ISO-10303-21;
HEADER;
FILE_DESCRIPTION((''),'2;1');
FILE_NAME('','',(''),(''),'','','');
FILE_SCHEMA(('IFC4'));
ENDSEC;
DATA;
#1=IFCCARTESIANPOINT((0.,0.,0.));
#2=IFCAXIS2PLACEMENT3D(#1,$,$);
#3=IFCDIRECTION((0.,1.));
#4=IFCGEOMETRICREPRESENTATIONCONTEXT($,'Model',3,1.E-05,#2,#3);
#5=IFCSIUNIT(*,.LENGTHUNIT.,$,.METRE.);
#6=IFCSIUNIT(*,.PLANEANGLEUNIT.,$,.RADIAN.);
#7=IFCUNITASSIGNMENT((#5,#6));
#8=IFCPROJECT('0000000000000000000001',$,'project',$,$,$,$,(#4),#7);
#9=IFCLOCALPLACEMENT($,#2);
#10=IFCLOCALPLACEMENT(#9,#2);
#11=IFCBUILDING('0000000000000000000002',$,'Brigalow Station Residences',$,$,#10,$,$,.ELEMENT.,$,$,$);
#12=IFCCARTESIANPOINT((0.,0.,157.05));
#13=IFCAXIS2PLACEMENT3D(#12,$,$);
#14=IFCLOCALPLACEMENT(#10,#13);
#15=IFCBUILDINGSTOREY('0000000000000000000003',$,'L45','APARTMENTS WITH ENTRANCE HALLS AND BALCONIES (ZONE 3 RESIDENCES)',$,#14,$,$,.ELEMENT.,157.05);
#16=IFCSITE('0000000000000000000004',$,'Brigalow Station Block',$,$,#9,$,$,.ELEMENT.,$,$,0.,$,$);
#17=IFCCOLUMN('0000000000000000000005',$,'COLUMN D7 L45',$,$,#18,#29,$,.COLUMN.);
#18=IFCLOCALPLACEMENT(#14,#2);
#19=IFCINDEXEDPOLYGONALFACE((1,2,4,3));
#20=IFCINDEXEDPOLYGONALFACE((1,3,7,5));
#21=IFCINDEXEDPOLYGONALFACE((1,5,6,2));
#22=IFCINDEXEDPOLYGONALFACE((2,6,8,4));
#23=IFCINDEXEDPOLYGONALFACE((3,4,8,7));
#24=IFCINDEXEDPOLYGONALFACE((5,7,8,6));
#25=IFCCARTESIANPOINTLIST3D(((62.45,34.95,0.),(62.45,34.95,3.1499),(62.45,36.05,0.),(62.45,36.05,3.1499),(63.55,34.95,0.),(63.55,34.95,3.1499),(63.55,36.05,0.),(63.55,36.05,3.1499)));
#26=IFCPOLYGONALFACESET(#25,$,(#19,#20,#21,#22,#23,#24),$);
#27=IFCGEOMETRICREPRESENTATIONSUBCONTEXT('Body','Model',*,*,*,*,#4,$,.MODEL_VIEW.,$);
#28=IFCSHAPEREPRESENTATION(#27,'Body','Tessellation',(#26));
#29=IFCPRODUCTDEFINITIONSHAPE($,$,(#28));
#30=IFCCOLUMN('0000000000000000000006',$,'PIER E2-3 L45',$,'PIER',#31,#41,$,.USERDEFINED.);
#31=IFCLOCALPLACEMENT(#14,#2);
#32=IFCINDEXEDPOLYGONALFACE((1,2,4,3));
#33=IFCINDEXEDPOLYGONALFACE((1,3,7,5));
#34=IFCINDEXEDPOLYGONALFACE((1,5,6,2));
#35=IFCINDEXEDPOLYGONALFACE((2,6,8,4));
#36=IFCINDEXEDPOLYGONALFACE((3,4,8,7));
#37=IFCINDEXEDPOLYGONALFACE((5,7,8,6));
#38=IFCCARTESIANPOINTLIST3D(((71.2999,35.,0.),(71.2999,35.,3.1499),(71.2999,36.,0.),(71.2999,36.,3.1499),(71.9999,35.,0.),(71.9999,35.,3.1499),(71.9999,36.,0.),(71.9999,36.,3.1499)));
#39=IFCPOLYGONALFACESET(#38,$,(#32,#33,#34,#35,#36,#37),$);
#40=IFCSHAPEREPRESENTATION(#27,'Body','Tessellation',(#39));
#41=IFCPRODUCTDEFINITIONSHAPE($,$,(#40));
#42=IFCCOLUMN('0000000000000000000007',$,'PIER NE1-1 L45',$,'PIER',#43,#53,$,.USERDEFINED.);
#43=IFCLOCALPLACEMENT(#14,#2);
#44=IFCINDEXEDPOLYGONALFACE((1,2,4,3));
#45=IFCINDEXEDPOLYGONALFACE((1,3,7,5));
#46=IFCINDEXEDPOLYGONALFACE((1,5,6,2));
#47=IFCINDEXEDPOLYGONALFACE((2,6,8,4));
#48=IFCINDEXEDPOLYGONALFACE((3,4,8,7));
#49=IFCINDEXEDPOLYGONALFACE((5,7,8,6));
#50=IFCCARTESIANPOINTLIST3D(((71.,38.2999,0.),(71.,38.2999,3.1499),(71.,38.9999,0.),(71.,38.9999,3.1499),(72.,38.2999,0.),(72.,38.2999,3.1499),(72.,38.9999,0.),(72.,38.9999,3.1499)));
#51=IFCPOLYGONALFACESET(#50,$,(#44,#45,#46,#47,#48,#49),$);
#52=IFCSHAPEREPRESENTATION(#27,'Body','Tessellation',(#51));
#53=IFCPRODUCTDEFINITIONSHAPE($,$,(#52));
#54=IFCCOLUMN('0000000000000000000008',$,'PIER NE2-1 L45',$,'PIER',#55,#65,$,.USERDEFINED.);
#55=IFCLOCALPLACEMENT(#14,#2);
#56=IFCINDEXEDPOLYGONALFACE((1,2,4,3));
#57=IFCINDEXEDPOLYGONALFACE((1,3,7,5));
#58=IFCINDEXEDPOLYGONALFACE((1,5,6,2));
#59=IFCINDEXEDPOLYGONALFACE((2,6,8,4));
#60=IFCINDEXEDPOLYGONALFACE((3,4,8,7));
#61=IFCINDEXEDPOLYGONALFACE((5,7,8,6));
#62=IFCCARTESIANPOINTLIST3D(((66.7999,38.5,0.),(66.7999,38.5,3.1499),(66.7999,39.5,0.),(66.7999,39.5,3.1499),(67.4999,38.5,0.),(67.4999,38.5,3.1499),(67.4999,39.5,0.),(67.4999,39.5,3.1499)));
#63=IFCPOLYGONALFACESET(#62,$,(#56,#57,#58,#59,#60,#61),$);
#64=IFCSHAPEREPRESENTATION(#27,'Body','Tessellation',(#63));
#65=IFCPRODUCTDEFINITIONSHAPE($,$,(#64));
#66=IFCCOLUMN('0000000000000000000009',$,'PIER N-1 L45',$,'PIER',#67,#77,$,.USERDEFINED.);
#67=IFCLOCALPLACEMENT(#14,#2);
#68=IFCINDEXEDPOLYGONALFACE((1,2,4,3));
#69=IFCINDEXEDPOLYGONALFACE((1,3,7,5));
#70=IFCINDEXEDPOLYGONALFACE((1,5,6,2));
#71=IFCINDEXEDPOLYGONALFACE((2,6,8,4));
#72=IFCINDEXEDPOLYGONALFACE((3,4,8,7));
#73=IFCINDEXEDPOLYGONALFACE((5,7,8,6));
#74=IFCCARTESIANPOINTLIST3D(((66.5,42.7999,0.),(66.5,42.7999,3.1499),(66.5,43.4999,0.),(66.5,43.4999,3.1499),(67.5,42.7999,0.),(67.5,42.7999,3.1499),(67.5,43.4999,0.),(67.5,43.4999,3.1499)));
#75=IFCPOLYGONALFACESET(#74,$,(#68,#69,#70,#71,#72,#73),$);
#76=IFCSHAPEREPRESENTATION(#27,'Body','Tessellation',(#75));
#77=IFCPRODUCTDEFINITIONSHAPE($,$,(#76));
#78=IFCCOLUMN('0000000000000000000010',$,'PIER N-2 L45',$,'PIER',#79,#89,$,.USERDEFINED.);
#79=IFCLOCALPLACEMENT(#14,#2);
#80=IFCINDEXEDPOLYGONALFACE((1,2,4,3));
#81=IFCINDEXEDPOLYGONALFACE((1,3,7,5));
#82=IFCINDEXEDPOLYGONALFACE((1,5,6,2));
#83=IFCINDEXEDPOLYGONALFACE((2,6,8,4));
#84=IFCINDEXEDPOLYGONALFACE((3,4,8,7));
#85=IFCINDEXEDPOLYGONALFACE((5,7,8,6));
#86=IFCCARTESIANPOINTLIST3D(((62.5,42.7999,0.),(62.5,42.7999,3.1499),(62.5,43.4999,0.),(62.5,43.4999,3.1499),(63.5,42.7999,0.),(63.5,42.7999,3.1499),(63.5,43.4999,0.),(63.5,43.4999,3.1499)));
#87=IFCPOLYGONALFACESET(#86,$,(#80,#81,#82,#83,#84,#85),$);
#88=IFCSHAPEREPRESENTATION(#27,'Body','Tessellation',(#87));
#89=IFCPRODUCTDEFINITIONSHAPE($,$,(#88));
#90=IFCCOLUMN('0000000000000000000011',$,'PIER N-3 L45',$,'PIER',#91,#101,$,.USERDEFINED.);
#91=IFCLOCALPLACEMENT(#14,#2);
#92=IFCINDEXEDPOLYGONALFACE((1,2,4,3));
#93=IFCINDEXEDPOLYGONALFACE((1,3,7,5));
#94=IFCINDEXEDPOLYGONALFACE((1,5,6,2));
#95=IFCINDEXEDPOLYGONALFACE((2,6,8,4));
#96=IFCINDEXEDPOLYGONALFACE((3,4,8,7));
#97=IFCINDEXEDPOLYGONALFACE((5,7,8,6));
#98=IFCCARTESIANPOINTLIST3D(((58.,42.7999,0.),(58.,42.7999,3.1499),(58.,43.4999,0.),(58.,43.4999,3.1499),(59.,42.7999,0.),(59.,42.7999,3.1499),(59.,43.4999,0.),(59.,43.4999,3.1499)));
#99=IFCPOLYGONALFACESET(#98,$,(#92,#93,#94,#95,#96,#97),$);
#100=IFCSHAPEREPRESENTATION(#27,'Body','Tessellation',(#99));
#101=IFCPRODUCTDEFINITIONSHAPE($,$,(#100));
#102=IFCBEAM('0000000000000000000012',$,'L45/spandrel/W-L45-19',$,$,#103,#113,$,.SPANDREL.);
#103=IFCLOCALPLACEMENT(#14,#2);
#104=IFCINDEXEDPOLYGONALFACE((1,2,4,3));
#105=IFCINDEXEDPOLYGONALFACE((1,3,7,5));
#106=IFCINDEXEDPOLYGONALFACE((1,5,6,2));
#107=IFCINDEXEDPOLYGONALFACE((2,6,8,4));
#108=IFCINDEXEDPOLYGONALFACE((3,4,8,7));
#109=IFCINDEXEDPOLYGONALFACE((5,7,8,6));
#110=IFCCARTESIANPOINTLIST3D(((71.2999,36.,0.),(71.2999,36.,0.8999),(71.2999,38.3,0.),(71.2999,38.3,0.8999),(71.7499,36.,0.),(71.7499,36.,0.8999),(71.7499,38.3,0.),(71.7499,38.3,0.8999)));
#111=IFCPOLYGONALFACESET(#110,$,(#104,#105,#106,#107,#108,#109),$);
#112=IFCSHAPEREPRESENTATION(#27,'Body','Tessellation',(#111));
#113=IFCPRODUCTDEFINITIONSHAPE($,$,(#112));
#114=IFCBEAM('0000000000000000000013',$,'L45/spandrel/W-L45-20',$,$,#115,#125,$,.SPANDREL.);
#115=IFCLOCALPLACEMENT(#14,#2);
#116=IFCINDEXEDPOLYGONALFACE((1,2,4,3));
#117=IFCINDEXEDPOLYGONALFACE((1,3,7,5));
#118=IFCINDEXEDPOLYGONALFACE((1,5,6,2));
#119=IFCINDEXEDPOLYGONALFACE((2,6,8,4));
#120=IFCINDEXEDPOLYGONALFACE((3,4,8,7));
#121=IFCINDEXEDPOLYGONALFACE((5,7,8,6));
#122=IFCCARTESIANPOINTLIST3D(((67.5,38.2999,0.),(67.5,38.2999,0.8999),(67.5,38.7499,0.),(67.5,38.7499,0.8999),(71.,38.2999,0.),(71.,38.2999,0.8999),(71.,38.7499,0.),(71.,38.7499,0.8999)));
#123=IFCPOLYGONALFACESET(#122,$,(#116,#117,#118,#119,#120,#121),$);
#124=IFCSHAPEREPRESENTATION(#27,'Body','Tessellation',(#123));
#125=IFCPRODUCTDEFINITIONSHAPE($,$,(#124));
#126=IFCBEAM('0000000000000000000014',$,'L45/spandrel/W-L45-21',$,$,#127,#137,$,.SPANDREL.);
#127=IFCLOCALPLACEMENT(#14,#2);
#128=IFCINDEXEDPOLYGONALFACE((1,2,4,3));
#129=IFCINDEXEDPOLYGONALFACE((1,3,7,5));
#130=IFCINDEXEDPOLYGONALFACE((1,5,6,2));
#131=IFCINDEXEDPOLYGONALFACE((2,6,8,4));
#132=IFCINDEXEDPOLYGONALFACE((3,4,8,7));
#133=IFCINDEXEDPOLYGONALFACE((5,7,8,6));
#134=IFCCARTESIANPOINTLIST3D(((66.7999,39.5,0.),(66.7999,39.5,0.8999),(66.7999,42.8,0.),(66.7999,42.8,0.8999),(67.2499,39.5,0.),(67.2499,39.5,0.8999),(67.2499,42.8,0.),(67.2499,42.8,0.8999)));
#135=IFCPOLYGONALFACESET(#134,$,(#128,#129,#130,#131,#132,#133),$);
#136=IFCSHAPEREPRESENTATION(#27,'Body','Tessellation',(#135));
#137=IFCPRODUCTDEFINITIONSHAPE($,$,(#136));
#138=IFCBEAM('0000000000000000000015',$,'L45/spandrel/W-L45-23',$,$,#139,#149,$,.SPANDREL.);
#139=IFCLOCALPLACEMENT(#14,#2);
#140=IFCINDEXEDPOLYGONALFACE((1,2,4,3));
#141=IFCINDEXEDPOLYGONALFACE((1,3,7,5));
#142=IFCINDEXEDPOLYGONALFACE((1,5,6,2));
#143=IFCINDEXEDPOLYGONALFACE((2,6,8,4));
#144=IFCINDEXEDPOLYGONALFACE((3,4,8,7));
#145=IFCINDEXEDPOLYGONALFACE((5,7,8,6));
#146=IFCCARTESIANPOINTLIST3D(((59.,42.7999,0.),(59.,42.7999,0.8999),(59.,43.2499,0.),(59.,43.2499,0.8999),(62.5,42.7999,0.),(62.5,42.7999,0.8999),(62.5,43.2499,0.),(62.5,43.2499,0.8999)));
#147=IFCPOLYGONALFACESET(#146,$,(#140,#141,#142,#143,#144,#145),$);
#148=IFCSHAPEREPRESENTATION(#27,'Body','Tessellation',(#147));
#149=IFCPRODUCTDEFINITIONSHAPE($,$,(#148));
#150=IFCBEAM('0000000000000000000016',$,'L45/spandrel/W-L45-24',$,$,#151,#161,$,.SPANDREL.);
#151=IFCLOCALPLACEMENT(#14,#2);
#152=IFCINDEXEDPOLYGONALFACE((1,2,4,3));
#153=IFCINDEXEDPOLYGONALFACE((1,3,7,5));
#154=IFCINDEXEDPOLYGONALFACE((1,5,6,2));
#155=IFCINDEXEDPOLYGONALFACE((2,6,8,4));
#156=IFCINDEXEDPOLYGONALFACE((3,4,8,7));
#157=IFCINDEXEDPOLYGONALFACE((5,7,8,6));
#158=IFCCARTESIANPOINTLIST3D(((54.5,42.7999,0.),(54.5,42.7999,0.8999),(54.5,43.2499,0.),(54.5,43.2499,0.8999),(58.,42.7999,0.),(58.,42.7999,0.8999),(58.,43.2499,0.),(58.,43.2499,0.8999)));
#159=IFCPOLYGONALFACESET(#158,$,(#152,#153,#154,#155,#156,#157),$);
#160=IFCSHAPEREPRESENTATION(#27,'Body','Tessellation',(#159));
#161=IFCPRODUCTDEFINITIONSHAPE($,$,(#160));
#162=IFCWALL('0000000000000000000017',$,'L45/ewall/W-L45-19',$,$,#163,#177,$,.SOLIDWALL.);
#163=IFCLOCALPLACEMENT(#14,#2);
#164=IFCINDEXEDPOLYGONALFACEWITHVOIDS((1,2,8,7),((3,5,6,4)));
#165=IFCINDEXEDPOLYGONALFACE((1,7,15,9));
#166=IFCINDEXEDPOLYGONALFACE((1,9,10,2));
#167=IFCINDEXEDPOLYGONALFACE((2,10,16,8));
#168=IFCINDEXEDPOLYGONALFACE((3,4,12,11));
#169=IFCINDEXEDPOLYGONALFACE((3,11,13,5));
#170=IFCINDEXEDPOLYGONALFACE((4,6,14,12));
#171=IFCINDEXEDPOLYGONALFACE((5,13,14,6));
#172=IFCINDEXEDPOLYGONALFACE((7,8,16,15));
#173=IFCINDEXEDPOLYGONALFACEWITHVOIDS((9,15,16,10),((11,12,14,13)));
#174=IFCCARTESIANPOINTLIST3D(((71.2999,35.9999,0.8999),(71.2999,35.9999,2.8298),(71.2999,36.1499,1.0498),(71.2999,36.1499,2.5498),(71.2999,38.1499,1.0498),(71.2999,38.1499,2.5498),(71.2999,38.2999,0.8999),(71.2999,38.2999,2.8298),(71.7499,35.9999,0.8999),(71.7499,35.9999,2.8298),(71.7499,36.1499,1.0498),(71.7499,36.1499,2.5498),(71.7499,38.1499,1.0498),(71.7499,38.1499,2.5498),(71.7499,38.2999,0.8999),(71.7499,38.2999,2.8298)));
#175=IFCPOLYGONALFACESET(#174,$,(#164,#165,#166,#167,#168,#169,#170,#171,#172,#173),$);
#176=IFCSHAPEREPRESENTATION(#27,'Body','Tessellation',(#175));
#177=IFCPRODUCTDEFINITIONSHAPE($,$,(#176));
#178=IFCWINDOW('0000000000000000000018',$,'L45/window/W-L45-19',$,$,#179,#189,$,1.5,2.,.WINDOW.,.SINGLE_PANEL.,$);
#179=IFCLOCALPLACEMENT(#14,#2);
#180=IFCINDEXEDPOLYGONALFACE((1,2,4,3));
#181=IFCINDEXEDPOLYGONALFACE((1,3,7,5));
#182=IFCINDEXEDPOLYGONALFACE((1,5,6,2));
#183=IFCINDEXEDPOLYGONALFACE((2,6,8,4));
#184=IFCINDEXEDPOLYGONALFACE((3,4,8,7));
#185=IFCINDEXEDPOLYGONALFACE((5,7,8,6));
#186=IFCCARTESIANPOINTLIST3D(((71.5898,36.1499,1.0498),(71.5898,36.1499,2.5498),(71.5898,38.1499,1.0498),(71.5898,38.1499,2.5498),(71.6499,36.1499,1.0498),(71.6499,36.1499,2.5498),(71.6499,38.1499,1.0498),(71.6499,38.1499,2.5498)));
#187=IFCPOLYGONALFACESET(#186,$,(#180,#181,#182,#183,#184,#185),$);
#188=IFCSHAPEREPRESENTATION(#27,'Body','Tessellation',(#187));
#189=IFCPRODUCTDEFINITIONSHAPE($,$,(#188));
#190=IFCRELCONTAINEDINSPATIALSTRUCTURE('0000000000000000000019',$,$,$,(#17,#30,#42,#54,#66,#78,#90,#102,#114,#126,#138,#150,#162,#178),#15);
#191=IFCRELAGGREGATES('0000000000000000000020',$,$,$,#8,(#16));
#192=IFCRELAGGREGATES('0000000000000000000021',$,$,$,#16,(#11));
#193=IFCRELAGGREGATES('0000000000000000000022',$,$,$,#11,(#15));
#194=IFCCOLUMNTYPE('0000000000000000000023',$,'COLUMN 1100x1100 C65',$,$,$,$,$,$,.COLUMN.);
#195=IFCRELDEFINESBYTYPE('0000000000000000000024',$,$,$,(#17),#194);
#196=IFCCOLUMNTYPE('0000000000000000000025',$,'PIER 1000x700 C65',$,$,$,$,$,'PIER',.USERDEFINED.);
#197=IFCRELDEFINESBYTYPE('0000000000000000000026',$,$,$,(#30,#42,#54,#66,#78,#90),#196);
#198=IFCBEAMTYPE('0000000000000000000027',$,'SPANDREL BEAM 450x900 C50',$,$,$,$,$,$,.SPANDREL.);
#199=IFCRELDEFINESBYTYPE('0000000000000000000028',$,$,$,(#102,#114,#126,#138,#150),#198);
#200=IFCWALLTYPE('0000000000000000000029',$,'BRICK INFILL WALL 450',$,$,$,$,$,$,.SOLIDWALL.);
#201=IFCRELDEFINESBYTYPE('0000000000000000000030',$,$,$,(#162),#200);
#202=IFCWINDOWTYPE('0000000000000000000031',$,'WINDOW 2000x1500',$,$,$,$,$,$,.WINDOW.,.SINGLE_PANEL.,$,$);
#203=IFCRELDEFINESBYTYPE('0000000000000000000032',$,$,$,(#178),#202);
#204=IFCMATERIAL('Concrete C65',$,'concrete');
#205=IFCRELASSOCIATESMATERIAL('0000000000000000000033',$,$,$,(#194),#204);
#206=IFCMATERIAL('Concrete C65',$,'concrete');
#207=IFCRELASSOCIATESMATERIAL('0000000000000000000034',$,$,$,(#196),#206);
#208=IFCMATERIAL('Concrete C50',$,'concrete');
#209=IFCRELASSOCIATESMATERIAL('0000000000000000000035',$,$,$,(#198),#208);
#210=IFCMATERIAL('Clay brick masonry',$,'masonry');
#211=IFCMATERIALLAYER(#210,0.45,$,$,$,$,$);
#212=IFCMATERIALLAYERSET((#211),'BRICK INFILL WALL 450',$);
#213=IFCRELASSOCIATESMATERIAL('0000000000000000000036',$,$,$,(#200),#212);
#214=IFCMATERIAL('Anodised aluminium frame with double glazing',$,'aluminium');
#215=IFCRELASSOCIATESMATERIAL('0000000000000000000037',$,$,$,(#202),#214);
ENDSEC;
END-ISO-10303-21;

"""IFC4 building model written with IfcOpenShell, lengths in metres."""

from ifc_helpers import new_model, si_unit, direction, frame, frame_2d, origin, origin_2d, place, context, subcontext, project, spatial, rectangle, extrude, material, layer, layer_set, material_profile, profile_set, type_object, element, fill, save


model = new_model("IFC4")

# Units and contexts
model_context = context("Model", 3, precision=1e-05, world=origin(), true_north=direction((0.0, 1.0)))
body_context = subcontext(model_context, "Body", "Model", "MODEL_VIEW")
ifc_project = project(units=[si_unit("LENGTHUNIT", "METRE"), si_unit("PLANEANGLEUNIT", "RADIAN")], contexts=[model_context])

# Site, building, storey
site_placement = place(None, origin())
site = spatial("IfcSite", under=ifc_project, at=site_placement, Name="Brigalow Station Block", CompositionType="ELEMENT", RefElevation=0.0)
building_placement = place(site_placement, origin())
building = spatial("IfcBuilding", under=site, at=building_placement, Name="Brigalow Station Residences", CompositionType="ELEMENT")
storey_placement = place(building_placement, frame((0.0, 0.0, 157.05)))
storey = spatial("IfcBuildingStorey", under=building, at=storey_placement, Name="L45", Description="APARTMENTS WITH ENTRANCE HALLS AND BALCONIES (ZONE 3 RESIDENCES)", CompositionType="ELEMENT", Elevation=157.05)

# Columns
ifc_material_1 = material(Name="Concrete C65", Category="concrete")
ifc_material_profile_1 = material_profile(ifc_material_1, rectangle(XDim=1.1001, YDim=1.1001, at=origin_2d()), Name="RC1100x1100")
ifc_profile_set_1 = profile_set([ifc_material_profile_1], Name="Concrete C65")
column_type_1 = type_object("IfcColumnType", Name="COLUMN 1100x1100 C65", PredefinedType="COLUMN", material=ifc_profile_set_1)
column_placement = place(storey_placement, frame((63.0, 35.5, 0.0), z_axis=(0.0, 0.0, 1.0), x_axis=(1.0, 0.0, 0.0)))
element("IfcColumn", 1, at=column_placement, inside=storey, type_object=column_type_1, Name="COLUMN D7 L45", PredefinedType="COLUMN", context=body_context, shape_type="SweptSolid", body=[
    extrude(rectangle(XDim=1.1001, YDim=1.1001, at=origin_2d()), origin(), (0.0, 0.0, 1.0), 3.1499),
])
ifc_material_2 = material(Name="Concrete C65", Category="concrete")
ifc_material_profile_2 = material_profile(ifc_material_2, rectangle(XDim=1.0, YDim=0.7, at=origin_2d()), Name="RC1000x700")
ifc_profile_set_2 = profile_set([ifc_material_profile_2], Name="Concrete C65")
column_type_2 = type_object("IfcColumnType", Name="PIER 1000x700 C65", ElementType="PIER", PredefinedType="USERDEFINED", material=ifc_profile_set_2)
for number, where, z_axis, x_axis, name in (
    (2, (71.6499, 35.5, 0.0), (0.0, 0.0, 1.0), (0.0, 1.0, 0.0), "PIER E2-3 L45"),
    (3, (71.5, 38.6499, 0.0), (0.0, 0.0, 1.0), (-1.0, 0.0, 0.0), "PIER NE1-1 L45"),
    (4, (67.1499, 39.0, 0.0), (0.0, 0.0, 1.0), (0.0, 1.0, 0.0), "PIER NE2-1 L45"),
    (5, (67.0, 43.1499, 0.0), (0.0, 0.0, 1.0), (-1.0, 0.0, 0.0), "PIER N-1 L45"),
    (6, (63.0, 43.1499, 0.0), (0.0, 0.0, 1.0), (-1.0, 0.0, 0.0), "PIER N-2 L45"),
    (7, (58.5, 43.1499, 0.0), (0.0, 0.0, 1.0), (-1.0, 0.0, 0.0), "PIER N-3 L45"),
):
    element("IfcColumn", number, at=place(storey_placement, frame(where, z_axis=z_axis, x_axis=x_axis)), inside=storey, type_object=column_type_2, Name=name, ObjectType="PIER", PredefinedType="USERDEFINED", context=body_context, shape_type="SweptSolid", body=[
        extrude(rectangle(XDim=1.0, YDim=0.7, at=origin_2d()), origin(), (0.0, 0.0, 1.0), 3.1499),
    ])

# Beams
ifc_material_3 = material(Name="Concrete C50", Category="concrete")
ifc_material_profile_3 = material_profile(ifc_material_3, rectangle(XDim=0.45, YDim=0.8999, at=origin_2d()), Name="RC450x900")
ifc_profile_set_3 = profile_set([ifc_material_profile_3], Name="Concrete C50")
beam_type = type_object("IfcBeamType", Name="SPANDREL BEAM 450x900 C50", PredefinedType="SPANDREL", material=ifc_profile_set_3)
beam_1_placement = place(storey_placement, frame((71.5249, 36.0, 0.45), z_axis=(0.0, 1.0, 0.0), x_axis=(-1.0, 0.0, 0.0)))
element("IfcBeam", 8, at=beam_1_placement, inside=storey, type_object=beam_type, Name="L45/spandrel/W-L45-19", PredefinedType="SPANDREL", context=body_context, shape_type="SweptSolid", body=[
    extrude(rectangle(XDim=0.45, YDim=0.8999, at=origin_2d()), origin(), (0.0, 0.0, 1.0), 2.3),
])
beam_2_placement = place(storey_placement, frame((71.0, 38.5249, 0.45), z_axis=(-1.0, 0.0, 0.0), x_axis=(0.0, -1.0, 0.0)))
element("IfcBeam", 9, at=beam_2_placement, inside=storey, type_object=beam_type, Name="L45/spandrel/W-L45-20", PredefinedType="SPANDREL", context=body_context, shape_type="SweptSolid", body=[
    extrude(rectangle(XDim=0.45, YDim=0.8999, at=origin_2d()), origin(), (0.0, 0.0, 1.0), 3.5),
])
beam_3_placement = place(storey_placement, frame((67.0249, 39.5, 0.45), z_axis=(0.0, 1.0, 0.0), x_axis=(-1.0, 0.0, 0.0)))
element("IfcBeam", 10, at=beam_3_placement, inside=storey, type_object=beam_type, Name="L45/spandrel/W-L45-21", PredefinedType="SPANDREL", context=body_context, shape_type="SweptSolid", body=[
    extrude(rectangle(XDim=0.45, YDim=0.8999, at=origin_2d()), origin(), (0.0, 0.0, 1.0), 3.3),
])
for number, where, z_axis, x_axis, name in (
    (11, (62.5, 43.0249, 0.45), (-1.0, 0.0, 0.0), (0.0, -1.0, 0.0), "L45/spandrel/W-L45-23"),
    (12, (58.0, 43.0249, 0.45), (-1.0, 0.0, 0.0), (0.0, -1.0, 0.0), "L45/spandrel/W-L45-24"),
):
    element("IfcBeam", number, at=place(storey_placement, frame(where, z_axis=z_axis, x_axis=x_axis)), inside=storey, type_object=beam_type, Name=name, PredefinedType="SPANDREL", context=body_context, shape_type="SweptSolid", body=[
        extrude(rectangle(XDim=0.45, YDim=0.8999, at=origin_2d()), origin(), (0.0, 0.0, 1.0), 3.5),
    ])

# Wall, opening, window
ifc_material_4 = material(Name="Clay brick masonry", Category="masonry")
ifc_layer_1 = layer(ifc_material_4, 0.45)
ifc_layer_set_1 = layer_set([ifc_layer_1], Name="BRICK INFILL WALL 450")
wall_type_1 = type_object("IfcWallType", Name="BRICK INFILL WALL 450", PredefinedType="SOLIDWALL", material=ifc_layer_set_1)
wall_1_placement = place(storey_placement, frame((71.5249, 36.0, 0.8999), z_axis=(0.0, 0.0, 1.0), x_axis=(0.0, 1.0, 0.0)))
wall_1 = element("IfcWall", 13, at=wall_1_placement, inside=storey, type_object=wall_type_1, Name="L45/ewall/W-L45-19", PredefinedType="SOLIDWALL", context=body_context, shape_type="SweptSolid", body=[
    extrude(rectangle(XDim=2.3, YDim=0.45, at=frame_2d((1.1499, 0.0))), origin(), (0.0, 0.0, 1.0), 1.9299),
])
opening_1_placement = place(wall_1_placement, frame((0.1499, 0.0, 0.1499)))
opening_1 = element("IfcOpeningElement", 14, at=opening_1_placement, cuts=wall_1, PredefinedType="OPENING", context=body_context, shape_type="SweptSolid", body=[
    extrude(rectangle(XDim=2.0, YDim=1.5, at=frame_2d((1.0, 0.75))), frame((0.0, 0.2349, 0.0), z_axis=(0.0, -1.0, 0.0), x_axis=(1.0, 0.0, 0.0)), (0.0, 0.0, 1.0), 0.47),
])
ifc_material_5 = material(Name="Anodised aluminium frame with double glazing", Category="aluminium")
window_type_1 = type_object("IfcWindowType", Name="WINDOW 2000x1500", PartitioningType="SINGLE_PANEL", PredefinedType="WINDOW", material=ifc_material_5)
window_1_placement = place(opening_1_placement, origin())
window_1 = element("IfcWindow", 15, at=window_1_placement, inside=storey, type_object=window_type_1, Name="L45/window/W-L45-19", OverallHeight=1.5, OverallWidth=2.0, PartitioningType="SINGLE_PANEL", PredefinedType="WINDOW", context=body_context, shape_type="SweptSolid", body=[
    extrude(rectangle(XDim=2.0, YDim=1.5, at=frame_2d((1.0, 0.75))), frame((0.0, -0.0649, 0.0), z_axis=(0.0, -1.0, 0.0), x_axis=(1.0, 0.0, 0.0)), (0.0, 0.0, 1.0), 0.0601),
])
fill(opening_1, window_1)

save(model, "model.ifc")
